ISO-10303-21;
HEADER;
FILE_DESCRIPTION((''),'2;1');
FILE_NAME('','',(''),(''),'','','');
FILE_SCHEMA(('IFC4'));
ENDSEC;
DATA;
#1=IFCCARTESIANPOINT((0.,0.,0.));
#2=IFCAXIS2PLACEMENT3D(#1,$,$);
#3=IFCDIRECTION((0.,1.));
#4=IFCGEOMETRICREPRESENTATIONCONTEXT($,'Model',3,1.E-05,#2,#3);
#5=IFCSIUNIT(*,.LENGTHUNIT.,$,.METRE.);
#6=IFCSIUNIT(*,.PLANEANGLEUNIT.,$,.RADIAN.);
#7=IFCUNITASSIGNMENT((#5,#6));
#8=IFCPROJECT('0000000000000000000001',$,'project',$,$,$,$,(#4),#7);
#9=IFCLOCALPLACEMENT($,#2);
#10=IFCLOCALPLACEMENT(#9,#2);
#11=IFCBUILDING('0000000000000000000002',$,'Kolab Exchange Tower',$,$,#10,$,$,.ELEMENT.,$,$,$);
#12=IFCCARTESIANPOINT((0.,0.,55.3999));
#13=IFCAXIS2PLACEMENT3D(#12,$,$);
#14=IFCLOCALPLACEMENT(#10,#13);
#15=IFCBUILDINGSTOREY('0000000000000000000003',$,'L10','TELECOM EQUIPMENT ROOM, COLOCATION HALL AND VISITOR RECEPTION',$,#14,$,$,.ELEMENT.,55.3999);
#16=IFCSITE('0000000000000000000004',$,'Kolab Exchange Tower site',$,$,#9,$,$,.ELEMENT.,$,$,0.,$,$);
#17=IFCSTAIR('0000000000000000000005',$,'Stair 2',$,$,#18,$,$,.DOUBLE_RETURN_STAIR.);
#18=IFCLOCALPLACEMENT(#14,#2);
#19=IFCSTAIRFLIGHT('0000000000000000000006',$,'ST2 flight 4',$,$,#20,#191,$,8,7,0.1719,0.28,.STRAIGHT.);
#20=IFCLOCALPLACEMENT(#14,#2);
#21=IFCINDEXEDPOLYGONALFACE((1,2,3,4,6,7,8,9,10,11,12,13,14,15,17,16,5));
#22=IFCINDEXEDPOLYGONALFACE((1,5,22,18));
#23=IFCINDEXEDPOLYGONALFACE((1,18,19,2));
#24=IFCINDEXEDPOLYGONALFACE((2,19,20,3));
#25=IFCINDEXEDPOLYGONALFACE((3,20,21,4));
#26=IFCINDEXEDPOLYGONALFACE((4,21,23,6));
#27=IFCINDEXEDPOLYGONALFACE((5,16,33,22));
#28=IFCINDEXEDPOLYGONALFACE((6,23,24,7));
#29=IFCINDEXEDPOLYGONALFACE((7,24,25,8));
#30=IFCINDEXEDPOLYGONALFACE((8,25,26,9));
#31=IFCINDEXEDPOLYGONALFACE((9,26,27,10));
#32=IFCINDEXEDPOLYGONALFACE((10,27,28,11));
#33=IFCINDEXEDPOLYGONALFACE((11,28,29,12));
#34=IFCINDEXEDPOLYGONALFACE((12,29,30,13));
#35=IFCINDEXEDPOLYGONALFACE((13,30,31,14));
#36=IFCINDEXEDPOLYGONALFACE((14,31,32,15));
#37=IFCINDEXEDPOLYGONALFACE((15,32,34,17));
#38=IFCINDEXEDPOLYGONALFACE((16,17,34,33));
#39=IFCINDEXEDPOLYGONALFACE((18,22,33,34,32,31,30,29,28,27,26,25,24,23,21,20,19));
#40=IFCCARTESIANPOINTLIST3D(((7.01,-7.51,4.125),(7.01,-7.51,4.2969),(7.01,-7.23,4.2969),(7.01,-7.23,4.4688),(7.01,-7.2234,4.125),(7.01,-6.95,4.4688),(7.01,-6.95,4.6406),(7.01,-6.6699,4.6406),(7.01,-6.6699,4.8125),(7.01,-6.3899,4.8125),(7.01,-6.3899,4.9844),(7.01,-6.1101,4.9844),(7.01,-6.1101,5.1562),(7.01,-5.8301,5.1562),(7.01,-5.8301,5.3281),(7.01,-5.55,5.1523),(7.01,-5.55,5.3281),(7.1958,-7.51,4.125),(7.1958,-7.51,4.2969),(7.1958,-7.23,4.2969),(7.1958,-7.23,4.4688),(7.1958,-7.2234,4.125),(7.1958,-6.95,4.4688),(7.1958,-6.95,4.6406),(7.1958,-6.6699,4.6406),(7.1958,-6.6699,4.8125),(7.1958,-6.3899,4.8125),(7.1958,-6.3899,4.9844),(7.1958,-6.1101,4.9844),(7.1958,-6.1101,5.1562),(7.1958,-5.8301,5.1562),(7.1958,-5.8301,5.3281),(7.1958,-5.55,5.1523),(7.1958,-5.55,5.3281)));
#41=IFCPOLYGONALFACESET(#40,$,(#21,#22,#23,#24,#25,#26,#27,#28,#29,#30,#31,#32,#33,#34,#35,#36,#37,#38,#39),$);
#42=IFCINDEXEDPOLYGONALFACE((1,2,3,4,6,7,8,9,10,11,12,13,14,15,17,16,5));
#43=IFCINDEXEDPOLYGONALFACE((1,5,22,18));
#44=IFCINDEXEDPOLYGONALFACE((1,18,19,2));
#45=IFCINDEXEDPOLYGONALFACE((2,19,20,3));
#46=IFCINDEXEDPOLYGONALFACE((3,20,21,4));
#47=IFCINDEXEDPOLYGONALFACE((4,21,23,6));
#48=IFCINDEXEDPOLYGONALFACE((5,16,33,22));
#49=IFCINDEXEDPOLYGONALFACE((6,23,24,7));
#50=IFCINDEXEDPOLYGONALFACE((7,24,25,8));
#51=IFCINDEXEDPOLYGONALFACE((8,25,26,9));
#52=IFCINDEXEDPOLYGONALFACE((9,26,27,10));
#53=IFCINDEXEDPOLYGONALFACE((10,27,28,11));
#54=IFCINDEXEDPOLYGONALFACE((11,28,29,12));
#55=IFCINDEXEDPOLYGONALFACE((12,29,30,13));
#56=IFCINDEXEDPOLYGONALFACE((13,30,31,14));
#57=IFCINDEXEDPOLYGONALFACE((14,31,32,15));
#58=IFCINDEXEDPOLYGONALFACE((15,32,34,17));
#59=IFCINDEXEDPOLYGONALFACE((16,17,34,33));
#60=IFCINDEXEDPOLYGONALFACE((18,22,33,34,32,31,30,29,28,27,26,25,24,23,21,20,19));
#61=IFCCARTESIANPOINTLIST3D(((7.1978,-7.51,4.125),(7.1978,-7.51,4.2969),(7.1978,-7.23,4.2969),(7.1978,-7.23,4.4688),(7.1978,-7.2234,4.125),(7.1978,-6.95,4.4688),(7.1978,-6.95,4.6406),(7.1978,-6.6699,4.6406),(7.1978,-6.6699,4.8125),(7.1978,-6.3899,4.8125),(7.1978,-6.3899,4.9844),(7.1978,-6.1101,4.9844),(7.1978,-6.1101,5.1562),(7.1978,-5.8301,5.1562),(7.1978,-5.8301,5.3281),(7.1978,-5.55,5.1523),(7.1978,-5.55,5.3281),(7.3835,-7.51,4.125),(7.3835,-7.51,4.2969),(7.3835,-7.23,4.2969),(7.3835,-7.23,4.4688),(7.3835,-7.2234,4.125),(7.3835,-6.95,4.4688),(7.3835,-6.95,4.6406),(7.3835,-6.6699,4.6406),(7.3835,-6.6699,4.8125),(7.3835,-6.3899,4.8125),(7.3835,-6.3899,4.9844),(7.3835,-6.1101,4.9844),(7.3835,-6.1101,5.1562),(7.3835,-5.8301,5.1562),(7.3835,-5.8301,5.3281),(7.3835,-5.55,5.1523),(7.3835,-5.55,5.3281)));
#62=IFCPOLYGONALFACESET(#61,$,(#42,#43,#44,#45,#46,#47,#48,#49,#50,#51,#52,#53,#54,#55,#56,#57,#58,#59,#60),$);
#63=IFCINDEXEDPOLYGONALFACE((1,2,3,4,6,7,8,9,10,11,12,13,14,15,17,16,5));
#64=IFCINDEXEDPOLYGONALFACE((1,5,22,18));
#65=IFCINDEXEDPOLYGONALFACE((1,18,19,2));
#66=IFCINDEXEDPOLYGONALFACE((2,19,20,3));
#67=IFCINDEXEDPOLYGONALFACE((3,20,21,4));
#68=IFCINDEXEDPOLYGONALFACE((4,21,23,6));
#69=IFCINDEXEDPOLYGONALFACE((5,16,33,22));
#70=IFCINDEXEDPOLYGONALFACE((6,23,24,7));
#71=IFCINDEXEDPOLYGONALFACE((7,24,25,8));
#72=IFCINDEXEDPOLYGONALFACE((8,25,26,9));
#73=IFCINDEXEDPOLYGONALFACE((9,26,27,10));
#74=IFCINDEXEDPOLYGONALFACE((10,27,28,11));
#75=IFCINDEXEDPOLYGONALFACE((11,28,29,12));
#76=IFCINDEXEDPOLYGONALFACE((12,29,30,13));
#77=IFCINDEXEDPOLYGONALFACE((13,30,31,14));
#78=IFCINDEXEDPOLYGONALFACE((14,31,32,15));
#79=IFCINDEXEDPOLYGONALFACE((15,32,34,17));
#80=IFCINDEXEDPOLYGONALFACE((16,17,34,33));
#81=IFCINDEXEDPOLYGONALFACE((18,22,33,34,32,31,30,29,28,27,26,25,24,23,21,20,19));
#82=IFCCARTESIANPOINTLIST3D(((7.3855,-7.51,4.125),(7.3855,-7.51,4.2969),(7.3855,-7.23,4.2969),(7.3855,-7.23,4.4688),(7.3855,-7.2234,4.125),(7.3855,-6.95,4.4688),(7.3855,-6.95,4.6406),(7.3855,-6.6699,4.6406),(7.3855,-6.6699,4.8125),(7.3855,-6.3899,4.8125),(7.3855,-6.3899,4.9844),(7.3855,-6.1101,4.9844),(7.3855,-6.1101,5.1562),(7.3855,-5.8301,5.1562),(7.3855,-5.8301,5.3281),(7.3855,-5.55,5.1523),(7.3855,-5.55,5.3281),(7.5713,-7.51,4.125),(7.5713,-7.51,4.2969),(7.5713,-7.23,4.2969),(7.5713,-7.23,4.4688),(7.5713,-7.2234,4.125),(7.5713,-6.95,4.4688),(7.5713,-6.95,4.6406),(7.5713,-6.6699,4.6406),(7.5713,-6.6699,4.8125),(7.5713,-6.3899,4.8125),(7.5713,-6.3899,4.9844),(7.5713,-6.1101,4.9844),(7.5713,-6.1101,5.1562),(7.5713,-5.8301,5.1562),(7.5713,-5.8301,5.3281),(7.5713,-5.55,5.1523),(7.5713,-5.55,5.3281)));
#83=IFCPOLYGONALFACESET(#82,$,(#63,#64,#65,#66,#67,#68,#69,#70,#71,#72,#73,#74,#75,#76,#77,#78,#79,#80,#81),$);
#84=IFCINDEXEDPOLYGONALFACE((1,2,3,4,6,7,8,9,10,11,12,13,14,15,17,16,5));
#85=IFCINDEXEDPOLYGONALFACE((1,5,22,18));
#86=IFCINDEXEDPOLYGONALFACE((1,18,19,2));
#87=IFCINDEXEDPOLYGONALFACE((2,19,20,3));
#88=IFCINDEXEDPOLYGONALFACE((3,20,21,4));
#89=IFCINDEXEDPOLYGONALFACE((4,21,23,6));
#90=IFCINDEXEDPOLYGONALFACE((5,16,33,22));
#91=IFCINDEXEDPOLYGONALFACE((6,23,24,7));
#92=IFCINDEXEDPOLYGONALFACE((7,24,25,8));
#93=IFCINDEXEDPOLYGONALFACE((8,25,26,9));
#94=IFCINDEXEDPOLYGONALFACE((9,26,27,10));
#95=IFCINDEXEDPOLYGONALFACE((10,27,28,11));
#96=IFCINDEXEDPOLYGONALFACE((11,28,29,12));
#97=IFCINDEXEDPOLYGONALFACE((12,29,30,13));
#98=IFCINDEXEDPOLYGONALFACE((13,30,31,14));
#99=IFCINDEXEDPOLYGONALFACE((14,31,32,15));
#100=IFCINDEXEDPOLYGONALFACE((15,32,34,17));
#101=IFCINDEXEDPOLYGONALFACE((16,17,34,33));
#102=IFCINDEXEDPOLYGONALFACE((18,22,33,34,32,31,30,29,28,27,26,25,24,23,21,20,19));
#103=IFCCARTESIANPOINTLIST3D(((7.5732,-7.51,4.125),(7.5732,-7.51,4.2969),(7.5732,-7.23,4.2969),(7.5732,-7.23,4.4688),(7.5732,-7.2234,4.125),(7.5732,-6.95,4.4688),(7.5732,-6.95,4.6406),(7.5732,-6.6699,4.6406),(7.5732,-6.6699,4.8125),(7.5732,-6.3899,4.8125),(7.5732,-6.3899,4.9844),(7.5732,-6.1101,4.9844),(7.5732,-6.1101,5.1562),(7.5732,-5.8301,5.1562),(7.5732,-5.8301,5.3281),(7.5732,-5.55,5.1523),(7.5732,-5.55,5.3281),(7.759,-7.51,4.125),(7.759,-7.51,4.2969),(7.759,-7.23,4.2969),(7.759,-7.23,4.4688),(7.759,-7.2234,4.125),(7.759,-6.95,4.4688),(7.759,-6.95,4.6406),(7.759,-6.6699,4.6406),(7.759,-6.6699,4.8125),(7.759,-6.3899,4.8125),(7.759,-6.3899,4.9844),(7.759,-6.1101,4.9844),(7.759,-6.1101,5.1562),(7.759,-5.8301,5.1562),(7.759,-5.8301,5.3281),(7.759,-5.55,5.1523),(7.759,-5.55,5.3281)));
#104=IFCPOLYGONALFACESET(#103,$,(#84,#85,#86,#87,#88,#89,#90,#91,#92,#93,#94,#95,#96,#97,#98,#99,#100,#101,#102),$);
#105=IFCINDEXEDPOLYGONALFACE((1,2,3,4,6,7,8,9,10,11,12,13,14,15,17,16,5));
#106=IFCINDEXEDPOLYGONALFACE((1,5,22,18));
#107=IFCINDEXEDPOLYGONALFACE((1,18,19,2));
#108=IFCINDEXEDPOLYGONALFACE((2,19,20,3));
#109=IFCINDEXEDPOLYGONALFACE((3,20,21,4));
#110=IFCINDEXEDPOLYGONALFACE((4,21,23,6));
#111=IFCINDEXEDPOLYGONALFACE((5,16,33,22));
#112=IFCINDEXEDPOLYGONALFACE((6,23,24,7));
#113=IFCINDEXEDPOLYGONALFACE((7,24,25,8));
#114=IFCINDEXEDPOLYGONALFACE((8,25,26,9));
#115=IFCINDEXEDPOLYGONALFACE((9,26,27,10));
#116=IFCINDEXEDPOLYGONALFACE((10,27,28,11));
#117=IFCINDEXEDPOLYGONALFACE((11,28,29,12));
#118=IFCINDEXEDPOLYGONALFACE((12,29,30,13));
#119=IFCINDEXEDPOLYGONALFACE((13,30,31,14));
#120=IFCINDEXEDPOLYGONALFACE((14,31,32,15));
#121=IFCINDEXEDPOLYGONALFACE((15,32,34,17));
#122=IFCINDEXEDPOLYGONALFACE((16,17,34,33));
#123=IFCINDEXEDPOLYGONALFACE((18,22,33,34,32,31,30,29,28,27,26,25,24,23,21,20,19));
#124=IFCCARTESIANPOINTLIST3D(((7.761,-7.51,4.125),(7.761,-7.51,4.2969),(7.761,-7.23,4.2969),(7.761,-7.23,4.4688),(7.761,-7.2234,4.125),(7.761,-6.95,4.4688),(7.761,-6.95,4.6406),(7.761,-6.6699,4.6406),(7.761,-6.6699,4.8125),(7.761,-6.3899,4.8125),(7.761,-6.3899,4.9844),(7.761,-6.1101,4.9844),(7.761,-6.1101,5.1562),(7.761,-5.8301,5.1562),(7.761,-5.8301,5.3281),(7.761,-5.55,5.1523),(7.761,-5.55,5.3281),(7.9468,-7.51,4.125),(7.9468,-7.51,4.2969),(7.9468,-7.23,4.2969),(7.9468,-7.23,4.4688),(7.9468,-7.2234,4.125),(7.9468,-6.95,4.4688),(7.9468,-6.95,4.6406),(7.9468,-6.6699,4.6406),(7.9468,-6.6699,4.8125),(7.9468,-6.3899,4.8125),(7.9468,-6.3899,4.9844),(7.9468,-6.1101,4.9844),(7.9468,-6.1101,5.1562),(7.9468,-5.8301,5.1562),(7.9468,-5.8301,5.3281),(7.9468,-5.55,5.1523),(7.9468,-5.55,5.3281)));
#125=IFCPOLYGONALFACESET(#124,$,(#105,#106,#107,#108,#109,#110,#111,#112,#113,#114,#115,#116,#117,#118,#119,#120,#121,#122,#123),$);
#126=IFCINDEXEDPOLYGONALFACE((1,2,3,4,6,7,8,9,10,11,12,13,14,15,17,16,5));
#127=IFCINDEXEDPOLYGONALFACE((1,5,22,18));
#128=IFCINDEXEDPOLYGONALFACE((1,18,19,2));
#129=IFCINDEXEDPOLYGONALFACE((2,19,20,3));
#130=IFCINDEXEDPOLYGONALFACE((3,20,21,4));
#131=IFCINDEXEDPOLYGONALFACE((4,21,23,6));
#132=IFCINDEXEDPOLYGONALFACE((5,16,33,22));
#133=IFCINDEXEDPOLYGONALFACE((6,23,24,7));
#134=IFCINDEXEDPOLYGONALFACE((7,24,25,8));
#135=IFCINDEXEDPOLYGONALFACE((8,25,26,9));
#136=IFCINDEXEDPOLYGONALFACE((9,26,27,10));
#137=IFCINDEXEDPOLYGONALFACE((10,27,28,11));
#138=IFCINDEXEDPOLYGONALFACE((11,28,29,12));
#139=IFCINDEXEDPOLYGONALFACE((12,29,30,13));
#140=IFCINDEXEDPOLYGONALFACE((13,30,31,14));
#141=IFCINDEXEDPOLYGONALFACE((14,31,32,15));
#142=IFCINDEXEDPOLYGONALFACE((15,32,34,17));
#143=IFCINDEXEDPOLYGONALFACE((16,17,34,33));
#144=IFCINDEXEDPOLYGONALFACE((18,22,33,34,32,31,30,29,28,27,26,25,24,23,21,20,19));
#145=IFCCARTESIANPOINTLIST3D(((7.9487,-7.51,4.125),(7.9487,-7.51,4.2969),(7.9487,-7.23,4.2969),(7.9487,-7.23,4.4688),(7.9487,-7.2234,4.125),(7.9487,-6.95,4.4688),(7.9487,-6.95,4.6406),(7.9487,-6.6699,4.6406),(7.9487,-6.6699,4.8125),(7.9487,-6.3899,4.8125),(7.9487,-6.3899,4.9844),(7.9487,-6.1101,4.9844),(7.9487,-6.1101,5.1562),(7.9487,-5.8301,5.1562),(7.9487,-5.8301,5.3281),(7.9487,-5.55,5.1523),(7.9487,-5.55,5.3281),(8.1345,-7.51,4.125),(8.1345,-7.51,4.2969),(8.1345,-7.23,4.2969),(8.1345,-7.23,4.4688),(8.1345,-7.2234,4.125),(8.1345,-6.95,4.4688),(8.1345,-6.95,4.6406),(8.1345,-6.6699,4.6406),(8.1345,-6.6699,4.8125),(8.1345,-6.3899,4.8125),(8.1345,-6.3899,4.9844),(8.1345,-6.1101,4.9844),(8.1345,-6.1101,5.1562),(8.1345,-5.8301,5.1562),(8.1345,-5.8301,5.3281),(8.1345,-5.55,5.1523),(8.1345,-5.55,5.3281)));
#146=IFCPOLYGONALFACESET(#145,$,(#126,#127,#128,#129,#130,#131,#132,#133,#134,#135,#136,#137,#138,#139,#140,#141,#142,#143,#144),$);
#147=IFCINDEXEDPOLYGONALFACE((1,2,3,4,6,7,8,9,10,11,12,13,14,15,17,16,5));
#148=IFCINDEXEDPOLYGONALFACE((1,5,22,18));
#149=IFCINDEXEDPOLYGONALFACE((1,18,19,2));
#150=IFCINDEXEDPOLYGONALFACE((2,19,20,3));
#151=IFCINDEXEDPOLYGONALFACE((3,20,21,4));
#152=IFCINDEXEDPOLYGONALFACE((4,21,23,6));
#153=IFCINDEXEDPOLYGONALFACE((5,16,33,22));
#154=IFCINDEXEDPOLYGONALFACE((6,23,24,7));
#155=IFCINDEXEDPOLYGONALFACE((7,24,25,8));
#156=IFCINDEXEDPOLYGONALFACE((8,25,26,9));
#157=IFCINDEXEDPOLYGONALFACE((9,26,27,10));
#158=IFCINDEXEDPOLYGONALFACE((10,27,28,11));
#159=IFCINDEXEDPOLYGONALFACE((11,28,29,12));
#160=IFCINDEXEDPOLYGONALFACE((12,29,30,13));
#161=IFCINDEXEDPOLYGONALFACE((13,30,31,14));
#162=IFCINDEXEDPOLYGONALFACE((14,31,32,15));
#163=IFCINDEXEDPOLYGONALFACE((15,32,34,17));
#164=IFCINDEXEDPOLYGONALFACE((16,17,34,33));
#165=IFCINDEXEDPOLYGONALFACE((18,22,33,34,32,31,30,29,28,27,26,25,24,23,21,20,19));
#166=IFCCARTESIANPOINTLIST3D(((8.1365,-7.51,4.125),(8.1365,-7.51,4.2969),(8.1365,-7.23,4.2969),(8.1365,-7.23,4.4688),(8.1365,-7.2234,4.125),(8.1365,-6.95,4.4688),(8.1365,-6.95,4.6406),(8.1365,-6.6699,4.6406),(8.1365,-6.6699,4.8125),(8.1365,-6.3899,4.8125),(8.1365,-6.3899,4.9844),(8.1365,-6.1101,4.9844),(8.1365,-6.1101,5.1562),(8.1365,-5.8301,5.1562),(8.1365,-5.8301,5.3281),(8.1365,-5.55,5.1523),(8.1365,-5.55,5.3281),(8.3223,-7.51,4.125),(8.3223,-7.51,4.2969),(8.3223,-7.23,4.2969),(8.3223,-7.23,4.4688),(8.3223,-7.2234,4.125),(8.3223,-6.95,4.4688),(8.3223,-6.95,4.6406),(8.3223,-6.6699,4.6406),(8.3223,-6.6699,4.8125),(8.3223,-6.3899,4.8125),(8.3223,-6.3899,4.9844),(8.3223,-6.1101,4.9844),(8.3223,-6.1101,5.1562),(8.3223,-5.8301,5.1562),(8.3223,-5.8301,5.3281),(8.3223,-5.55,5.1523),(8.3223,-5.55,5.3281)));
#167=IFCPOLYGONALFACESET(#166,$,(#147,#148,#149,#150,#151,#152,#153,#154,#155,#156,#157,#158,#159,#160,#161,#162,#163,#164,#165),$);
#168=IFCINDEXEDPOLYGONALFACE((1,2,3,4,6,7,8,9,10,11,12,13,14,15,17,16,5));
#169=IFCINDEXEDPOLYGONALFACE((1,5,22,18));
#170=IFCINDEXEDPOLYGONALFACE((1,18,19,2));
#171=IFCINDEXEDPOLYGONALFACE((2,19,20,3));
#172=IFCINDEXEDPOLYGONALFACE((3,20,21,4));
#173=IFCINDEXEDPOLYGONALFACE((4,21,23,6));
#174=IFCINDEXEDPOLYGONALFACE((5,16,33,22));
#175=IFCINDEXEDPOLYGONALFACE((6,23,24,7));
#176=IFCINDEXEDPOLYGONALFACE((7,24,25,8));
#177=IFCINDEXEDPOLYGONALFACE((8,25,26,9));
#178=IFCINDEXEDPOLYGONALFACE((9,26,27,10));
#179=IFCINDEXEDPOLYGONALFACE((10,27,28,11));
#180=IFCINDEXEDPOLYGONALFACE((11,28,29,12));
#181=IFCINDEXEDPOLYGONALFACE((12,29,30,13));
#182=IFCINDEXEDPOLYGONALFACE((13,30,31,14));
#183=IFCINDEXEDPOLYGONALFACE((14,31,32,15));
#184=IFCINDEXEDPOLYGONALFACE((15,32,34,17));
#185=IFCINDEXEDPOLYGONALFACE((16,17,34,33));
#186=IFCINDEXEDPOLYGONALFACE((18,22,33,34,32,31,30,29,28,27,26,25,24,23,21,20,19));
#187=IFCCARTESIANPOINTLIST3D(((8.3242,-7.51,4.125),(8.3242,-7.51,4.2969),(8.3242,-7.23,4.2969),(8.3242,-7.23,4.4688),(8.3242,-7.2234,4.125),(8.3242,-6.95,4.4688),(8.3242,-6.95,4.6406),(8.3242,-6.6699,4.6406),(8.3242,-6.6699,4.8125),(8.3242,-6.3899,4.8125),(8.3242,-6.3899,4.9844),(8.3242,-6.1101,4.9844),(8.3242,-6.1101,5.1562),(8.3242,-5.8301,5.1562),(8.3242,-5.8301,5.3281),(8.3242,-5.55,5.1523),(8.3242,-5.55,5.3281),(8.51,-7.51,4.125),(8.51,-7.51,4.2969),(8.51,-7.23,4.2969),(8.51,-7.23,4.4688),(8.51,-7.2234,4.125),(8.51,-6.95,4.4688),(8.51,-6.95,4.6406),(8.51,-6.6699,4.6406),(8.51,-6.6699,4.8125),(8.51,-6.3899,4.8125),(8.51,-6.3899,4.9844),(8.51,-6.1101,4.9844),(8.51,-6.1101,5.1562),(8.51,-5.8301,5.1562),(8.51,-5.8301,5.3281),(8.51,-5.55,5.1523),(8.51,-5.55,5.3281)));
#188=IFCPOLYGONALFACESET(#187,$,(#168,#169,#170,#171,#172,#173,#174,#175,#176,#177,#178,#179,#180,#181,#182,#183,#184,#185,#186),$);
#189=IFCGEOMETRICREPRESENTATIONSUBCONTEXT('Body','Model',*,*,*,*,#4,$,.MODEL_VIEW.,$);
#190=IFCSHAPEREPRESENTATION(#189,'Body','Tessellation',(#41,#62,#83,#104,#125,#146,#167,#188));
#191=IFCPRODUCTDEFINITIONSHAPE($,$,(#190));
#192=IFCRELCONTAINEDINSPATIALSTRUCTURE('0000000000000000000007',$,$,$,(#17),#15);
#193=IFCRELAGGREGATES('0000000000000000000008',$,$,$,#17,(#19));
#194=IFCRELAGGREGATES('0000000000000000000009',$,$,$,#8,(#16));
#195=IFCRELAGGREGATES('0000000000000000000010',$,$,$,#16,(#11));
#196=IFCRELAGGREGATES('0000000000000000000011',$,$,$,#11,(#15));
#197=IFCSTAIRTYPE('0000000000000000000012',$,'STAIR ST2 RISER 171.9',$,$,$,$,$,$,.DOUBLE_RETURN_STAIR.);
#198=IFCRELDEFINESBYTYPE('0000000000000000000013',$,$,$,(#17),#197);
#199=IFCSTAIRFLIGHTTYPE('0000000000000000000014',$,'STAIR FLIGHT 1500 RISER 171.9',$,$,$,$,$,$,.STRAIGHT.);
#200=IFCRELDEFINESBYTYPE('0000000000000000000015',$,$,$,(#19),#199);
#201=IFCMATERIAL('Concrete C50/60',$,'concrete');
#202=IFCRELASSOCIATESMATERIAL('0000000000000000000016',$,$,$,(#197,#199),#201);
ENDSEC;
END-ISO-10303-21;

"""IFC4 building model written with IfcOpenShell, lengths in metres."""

from ifc_helpers import new_model, si_unit, direction, frame, origin, place, context, subcontext, project, spatial, polyline, outline, extrude, material, type_object, element, aggregate, save


model = new_model("IFC4")

# Units and contexts
model_context = context("Model", 3, precision=1e-05, world=origin(), true_north=direction((0.0, 1.0)))
body_context = subcontext(model_context, "Body", "Model", "MODEL_VIEW")
ifc_project = project(units=[si_unit("LENGTHUNIT", "METRE"), si_unit("PLANEANGLEUNIT", "RADIAN")], contexts=[model_context])

# Site, building, storey
site_placement = place(None, origin())
site = spatial("IfcSite", under=ifc_project, at=site_placement, Name="Kolab Exchange Tower site", CompositionType="ELEMENT", RefElevation=0.0)
building_placement = place(site_placement, origin())
building = spatial("IfcBuilding", under=site, at=building_placement, Name="Kolab Exchange Tower", CompositionType="ELEMENT")
storey_placement = place(building_placement, frame((0.0, 0.0, 55.3999)))
storey = spatial("IfcBuildingStorey", under=building, at=storey_placement, Name="L10", Description="TELECOM EQUIPMENT ROOM, COLOCATION HALL AND VISITOR RECEPTION", CompositionType="ELEMENT", Elevation=55.3999)

# Shared definitions
ifc_material_1 = material(Name="Concrete C50/60", Category="concrete")

# Stair, stair flight
stair_type = type_object("IfcStairType", Name="STAIR ST2 RISER 171.9", PredefinedType="DOUBLE_RETURN_STAIR", material=ifc_material_1)
stair_placement = place(storey_placement, origin())
stair = element("IfcStair", 1, at=stair_placement, inside=storey, type_object=stair_type, Name="Stair 2", PredefinedType="DOUBLE_RETURN_STAIR")
stair_flight_type = type_object("IfcStairFlightType", Name="STAIR FLIGHT 1500 RISER 171.9", PredefinedType="STRAIGHT", material=ifc_material_1)
stair_flight_1_placement = place(storey_placement, frame((7.76, -7.51, 4.125), z_axis=(0.0, 0.0, 1.0), x_axis=(0.0, 1.0, 0.0)))
stair_flight_1 = element("IfcStairFlight", 2, at=stair_flight_1_placement, type_object=stair_flight_type, Name="ST2 flight 4", NumberOfRisers=8, NumberOfTreads=7, PredefinedType="STRAIGHT", RiserHeight=0.1719, TreadLength=0.28, context=body_context, shape_type="SweptSolid", body=[
    extrude(outline(polyline([(0.0, 0.0), (0.0, 0.1719), (0.28, 0.1719), (0.28, 0.3438), (0.5601, 0.3438), (0.5601, 0.5156), (0.8401, 0.5156), (0.8401, 0.6875), (1.1201, 0.6875), (1.1201, 0.8594), (1.3999, 0.8594), (1.3999, 1.0312), (1.6799, 1.0312), (1.6799, 1.2031), (1.96, 1.2031), (1.96, 1.375), (1.96, 1.0273), (0.2866, 0.0), (0.0, 0.0)])), frame((0.0, 0.75, 0.0), z_axis=(0.0, -1.0, 0.0), x_axis=(1.0, 0.0, 0.0)), (0.0, 0.0, 1.0), 0.1858),
    extrude(outline(polyline([(0.0, 0.0), (0.0, 0.1719), (0.28, 0.1719), (0.28, 0.3438), (0.5601, 0.3438), (0.5601, 0.5156), (0.8401, 0.5156), (0.8401, 0.6875), (1.1201, 0.6875), (1.1201, 0.8594), (1.3999, 0.8594), (1.3999, 1.0312), (1.6799, 1.0312), (1.6799, 1.2031), (1.96, 1.2031), (1.96, 1.375), (1.96, 1.0273), (0.2866, 0.0), (0.0, 0.0)])), frame((0.0, 0.5623, 0.0), z_axis=(0.0, -1.0, 0.0), x_axis=(1.0, 0.0, 0.0)), (0.0, 0.0, 1.0), 0.1858),
    extrude(outline(polyline([(0.0, 0.0), (0.0, 0.1719), (0.28, 0.1719), (0.28, 0.3438), (0.5601, 0.3438), (0.5601, 0.5156), (0.8401, 0.5156), (0.8401, 0.6875), (1.1201, 0.6875), (1.1201, 0.8594), (1.3999, 0.8594), (1.3999, 1.0312), (1.6799, 1.0312), (1.6799, 1.2031), (1.96, 1.2031), (1.96, 1.375), (1.96, 1.0273), (0.2866, 0.0), (0.0, 0.0)])), frame((0.0, 0.3745, 0.0), z_axis=(0.0, -1.0, 0.0), x_axis=(1.0, 0.0, 0.0)), (0.0, 0.0, 1.0), 0.1858),
    extrude(outline(polyline([(0.0, 0.0), (0.0, 0.1719), (0.28, 0.1719), (0.28, 0.3438), (0.5601, 0.3438), (0.5601, 0.5156), (0.8401, 0.5156), (0.8401, 0.6875), (1.1201, 0.6875), (1.1201, 0.8594), (1.3999, 0.8594), (1.3999, 1.0312), (1.6799, 1.0312), (1.6799, 1.2031), (1.96, 1.2031), (1.96, 1.375), (1.96, 1.0273), (0.2866, 0.0), (0.0, 0.0)])), frame((0.0, 0.1868, 0.0), z_axis=(0.0, -1.0, 0.0), x_axis=(1.0, 0.0, 0.0)), (0.0, 0.0, 1.0), 0.1858),
    extrude(outline(polyline([(0.0, 0.0), (0.0, 0.1719), (0.28, 0.1719), (0.28, 0.3438), (0.5601, 0.3438), (0.5601, 0.5156), (0.8401, 0.5156), (0.8401, 0.6875), (1.1201, 0.6875), (1.1201, 0.8594), (1.3999, 0.8594), (1.3999, 1.0312), (1.6799, 1.0312), (1.6799, 1.2031), (1.96, 1.2031), (1.96, 1.375), (1.96, 1.0273), (0.2866, 0.0), (0.0, 0.0)])), frame((0.0, -0.001, 0.0), z_axis=(0.0, -1.0, 0.0), x_axis=(1.0, 0.0, 0.0)), (0.0, 0.0, 1.0), 0.1858),
    extrude(outline(polyline([(0.0, 0.0), (0.0, 0.1719), (0.28, 0.1719), (0.28, 0.3438), (0.5601, 0.3438), (0.5601, 0.5156), (0.8401, 0.5156), (0.8401, 0.6875), (1.1201, 0.6875), (1.1201, 0.8594), (1.3999, 0.8594), (1.3999, 1.0312), (1.6799, 1.0312), (1.6799, 1.2031), (1.96, 1.2031), (1.96, 1.375), (1.96, 1.0273), (0.2866, 0.0), (0.0, 0.0)])), frame((0.0, -0.1887, 0.0), z_axis=(0.0, -1.0, 0.0), x_axis=(1.0, 0.0, 0.0)), (0.0, 0.0, 1.0), 0.1858),
    extrude(outline(polyline([(0.0, 0.0), (0.0, 0.1719), (0.28, 0.1719), (0.28, 0.3438), (0.5601, 0.3438), (0.5601, 0.5156), (0.8401, 0.5156), (0.8401, 0.6875), (1.1201, 0.6875), (1.1201, 0.8594), (1.3999, 0.8594), (1.3999, 1.0312), (1.6799, 1.0312), (1.6799, 1.2031), (1.96, 1.2031), (1.96, 1.375), (1.96, 1.0273), (0.2866, 0.0), (0.0, 0.0)])), frame((0.0, -0.3765, 0.0), z_axis=(0.0, -1.0, 0.0), x_axis=(1.0, 0.0, 0.0)), (0.0, 0.0, 1.0), 0.1858),
    extrude(outline(polyline([(0.0, 0.0), (0.0, 0.1719), (0.28, 0.1719), (0.28, 0.3438), (0.5601, 0.3438), (0.5601, 0.5156), (0.8401, 0.5156), (0.8401, 0.6875), (1.1201, 0.6875), (1.1201, 0.8594), (1.3999, 0.8594), (1.3999, 1.0312), (1.6799, 1.0312), (1.6799, 1.2031), (1.96, 1.2031), (1.96, 1.375), (1.96, 1.0273), (0.2866, 0.0), (0.0, 0.0)])), frame((0.0, -0.5642, 0.0), z_axis=(0.0, -1.0, 0.0), x_axis=(1.0, 0.0, 0.0)), (0.0, 0.0, 1.0), 0.1858),
])
aggregate(stair, [stair_flight_1])

save(model, "model.ifc")
